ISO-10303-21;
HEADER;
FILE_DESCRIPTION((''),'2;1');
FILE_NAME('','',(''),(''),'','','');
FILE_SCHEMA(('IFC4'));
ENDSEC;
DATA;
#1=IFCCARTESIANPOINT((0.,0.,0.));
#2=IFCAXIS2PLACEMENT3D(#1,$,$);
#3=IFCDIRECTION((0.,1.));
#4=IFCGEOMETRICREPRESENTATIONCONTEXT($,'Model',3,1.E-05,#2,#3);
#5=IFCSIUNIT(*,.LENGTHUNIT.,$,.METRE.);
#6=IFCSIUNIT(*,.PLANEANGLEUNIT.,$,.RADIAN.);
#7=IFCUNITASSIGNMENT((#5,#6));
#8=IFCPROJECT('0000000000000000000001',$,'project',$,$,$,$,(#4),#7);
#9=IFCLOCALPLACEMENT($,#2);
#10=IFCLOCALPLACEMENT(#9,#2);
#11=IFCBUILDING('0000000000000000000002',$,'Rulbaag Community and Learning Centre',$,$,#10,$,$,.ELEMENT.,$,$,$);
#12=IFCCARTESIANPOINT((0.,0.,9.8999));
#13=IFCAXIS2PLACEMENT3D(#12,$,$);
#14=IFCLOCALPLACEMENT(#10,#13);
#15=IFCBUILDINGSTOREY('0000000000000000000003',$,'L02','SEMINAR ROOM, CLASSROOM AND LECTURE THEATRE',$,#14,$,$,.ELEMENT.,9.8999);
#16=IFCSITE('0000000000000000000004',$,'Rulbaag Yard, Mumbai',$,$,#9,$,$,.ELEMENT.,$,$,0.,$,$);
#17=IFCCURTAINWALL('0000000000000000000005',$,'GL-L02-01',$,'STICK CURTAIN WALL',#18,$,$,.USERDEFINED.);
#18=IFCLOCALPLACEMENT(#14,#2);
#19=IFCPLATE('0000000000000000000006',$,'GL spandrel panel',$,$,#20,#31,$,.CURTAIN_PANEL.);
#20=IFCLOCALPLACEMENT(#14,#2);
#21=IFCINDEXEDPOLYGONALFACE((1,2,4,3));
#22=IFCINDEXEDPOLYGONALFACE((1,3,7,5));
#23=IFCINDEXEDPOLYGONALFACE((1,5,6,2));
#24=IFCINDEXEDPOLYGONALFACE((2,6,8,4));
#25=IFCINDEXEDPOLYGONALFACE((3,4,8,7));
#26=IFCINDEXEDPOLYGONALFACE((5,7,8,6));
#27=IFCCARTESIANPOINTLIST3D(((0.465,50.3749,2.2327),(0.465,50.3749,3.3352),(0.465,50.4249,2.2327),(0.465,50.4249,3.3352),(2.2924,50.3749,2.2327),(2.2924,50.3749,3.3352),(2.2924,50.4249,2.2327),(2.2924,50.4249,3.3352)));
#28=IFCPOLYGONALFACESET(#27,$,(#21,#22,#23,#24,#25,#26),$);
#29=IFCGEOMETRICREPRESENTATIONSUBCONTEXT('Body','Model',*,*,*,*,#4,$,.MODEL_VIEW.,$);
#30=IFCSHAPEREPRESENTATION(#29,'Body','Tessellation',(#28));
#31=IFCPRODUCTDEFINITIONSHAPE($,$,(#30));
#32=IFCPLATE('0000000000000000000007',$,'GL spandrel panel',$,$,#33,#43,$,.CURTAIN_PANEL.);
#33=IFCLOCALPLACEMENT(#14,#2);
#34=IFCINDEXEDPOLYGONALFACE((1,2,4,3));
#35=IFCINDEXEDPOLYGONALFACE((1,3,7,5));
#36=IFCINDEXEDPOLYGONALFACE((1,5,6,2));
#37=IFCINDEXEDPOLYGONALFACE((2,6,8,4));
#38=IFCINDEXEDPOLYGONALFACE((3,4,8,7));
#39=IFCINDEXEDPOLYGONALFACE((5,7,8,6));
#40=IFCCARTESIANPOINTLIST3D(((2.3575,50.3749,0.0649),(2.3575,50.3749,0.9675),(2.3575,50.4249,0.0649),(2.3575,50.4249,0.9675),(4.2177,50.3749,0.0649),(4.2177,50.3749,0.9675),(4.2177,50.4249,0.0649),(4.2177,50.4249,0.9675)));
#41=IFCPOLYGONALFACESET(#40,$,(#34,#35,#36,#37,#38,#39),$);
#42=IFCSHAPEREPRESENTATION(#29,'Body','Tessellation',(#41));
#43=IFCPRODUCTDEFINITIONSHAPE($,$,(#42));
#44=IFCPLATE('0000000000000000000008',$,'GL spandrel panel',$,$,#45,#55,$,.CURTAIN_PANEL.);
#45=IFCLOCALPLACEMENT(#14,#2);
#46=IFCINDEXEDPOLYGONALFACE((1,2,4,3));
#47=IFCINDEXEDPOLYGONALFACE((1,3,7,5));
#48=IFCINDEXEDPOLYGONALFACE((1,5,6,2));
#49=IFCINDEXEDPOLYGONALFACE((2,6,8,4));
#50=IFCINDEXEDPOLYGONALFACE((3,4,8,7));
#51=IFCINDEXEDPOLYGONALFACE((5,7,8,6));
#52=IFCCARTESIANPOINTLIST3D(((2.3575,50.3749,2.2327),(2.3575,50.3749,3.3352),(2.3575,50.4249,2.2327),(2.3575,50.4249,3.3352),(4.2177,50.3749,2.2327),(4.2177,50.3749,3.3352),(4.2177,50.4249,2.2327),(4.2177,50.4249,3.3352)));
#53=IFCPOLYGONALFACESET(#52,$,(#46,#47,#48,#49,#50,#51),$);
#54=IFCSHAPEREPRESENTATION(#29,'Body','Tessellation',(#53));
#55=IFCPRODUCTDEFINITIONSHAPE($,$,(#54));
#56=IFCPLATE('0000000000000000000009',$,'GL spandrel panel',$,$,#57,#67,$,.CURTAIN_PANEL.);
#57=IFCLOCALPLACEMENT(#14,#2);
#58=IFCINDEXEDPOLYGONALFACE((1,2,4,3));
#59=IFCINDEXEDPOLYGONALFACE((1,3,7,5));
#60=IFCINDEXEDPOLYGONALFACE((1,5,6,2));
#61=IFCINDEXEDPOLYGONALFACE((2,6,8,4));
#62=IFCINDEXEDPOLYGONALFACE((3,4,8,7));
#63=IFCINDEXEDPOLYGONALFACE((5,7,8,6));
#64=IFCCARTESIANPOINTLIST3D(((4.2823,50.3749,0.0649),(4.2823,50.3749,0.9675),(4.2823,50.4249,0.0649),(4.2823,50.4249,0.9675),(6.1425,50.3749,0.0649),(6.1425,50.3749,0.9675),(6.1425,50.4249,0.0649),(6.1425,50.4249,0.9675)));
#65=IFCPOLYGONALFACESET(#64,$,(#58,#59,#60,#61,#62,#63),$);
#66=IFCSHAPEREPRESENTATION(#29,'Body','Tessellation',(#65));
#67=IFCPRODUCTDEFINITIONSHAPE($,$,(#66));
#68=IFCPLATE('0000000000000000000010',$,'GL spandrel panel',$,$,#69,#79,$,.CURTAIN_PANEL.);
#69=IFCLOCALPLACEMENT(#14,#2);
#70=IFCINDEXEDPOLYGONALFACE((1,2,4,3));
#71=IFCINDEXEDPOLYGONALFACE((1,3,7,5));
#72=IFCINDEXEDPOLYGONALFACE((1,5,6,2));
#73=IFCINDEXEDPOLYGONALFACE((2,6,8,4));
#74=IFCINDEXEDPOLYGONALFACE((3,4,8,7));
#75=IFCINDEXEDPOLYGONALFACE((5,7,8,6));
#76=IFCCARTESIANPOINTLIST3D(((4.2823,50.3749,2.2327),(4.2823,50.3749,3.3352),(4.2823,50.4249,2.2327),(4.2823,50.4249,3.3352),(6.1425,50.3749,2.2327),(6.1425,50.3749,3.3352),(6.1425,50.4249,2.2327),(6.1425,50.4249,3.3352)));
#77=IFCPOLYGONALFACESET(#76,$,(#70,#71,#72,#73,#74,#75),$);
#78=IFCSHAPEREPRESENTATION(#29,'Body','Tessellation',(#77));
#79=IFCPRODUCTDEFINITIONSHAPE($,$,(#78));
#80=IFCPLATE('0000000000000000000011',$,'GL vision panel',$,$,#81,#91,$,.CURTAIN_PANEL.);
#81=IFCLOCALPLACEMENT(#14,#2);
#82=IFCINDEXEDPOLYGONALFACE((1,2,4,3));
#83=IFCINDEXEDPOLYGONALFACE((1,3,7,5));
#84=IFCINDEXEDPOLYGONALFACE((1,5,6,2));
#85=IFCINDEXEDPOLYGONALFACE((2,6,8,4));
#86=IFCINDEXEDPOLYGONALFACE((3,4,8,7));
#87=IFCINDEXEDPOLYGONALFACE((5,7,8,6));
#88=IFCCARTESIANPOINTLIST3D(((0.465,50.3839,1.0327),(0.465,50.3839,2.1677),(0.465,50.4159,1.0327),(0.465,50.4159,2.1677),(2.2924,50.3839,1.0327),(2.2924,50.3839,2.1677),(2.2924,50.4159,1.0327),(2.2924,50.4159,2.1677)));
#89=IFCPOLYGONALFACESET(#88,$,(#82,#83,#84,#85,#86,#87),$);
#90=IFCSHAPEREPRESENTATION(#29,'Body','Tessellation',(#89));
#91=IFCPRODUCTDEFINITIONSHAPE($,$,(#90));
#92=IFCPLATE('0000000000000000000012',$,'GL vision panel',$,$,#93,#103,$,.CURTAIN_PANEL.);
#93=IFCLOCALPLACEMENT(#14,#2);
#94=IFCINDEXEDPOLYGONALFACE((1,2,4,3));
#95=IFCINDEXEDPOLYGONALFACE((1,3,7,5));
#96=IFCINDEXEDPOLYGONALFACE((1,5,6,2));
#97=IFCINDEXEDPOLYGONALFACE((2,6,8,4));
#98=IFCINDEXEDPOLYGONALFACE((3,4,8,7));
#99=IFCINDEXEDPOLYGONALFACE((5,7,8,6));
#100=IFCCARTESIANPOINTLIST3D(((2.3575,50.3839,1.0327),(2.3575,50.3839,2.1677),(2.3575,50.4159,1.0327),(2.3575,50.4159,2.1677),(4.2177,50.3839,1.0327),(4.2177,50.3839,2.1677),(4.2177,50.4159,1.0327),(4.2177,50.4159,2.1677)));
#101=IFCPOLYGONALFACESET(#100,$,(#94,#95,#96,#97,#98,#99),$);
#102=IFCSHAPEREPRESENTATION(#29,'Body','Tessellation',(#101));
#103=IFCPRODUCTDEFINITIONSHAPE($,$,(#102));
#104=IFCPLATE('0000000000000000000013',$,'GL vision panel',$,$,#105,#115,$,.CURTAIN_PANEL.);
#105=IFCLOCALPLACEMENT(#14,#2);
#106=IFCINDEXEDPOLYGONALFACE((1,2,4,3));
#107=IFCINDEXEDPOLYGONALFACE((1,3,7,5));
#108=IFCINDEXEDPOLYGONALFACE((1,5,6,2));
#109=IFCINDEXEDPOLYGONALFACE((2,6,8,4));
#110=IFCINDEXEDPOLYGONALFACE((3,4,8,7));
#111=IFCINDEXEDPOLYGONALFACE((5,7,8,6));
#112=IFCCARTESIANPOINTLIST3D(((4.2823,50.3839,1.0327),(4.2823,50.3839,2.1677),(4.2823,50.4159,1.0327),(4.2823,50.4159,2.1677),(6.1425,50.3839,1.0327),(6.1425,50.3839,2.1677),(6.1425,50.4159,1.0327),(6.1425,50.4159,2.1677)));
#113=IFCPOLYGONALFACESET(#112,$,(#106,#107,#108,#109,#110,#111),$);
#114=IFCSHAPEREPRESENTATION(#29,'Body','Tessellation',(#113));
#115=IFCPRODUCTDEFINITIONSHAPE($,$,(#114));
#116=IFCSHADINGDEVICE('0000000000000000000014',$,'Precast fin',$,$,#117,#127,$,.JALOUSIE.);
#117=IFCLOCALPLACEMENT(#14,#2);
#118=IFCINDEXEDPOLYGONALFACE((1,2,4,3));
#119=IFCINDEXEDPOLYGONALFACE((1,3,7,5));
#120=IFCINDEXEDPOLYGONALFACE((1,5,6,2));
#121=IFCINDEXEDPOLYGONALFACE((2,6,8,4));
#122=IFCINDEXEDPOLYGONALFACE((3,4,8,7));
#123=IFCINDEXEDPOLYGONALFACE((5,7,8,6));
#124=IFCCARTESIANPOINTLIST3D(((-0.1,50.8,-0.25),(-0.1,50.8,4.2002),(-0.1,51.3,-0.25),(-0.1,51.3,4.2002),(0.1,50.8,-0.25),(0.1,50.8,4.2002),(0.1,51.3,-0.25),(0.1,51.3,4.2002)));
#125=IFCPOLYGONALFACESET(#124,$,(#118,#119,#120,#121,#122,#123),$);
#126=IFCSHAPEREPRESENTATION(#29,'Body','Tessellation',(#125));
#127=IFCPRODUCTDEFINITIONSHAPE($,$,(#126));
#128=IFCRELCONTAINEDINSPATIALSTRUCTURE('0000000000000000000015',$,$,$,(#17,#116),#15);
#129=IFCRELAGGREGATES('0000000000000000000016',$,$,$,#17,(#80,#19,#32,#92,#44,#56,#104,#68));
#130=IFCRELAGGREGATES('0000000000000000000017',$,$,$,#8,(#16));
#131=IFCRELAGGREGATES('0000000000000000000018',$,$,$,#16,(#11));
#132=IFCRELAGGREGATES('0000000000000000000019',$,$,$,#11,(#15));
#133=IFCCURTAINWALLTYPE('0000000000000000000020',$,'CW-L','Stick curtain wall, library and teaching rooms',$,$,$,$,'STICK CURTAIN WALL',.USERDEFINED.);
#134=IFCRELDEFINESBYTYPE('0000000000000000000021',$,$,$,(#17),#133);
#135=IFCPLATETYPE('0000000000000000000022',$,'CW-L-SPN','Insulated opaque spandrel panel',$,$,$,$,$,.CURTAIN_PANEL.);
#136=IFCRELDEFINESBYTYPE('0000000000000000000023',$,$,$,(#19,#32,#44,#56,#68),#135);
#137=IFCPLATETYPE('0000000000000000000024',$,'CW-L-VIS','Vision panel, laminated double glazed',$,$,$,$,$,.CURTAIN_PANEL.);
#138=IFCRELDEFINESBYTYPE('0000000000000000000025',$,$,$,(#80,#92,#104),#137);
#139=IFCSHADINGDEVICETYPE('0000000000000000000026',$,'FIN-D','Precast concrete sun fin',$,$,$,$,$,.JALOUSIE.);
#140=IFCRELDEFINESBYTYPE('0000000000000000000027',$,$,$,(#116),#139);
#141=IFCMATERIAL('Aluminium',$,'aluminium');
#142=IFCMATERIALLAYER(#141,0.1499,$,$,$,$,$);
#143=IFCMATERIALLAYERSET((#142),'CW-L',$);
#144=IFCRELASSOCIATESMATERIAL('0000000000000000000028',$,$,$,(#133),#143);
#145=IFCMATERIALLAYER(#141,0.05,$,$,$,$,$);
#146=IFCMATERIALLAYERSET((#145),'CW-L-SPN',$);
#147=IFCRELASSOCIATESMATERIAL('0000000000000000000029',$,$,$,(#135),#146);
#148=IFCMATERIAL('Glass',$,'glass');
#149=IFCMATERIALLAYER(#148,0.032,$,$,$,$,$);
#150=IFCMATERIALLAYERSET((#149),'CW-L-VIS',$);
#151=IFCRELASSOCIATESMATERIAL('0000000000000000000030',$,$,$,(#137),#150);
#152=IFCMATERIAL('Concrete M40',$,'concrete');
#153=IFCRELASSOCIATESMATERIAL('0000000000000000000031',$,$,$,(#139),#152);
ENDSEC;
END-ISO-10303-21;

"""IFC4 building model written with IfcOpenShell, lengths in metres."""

from ifc_helpers import new_model, si_unit, direction, frame, origin, origin_2d, place, context, subcontext, project, spatial, rectangle, extrude, material, layer, layer_set, material_profile, profile_set, type_object, element, aggregate, save


model = new_model("IFC4")

# Units and contexts
model_context = context("Model", 3, precision=1e-05, world=origin(), true_north=direction((0.0, 1.0)))
body_context = subcontext(model_context, "Body", "Model", "MODEL_VIEW")
ifc_project = project(units=[si_unit("LENGTHUNIT", "METRE"), si_unit("PLANEANGLEUNIT", "RADIAN")], contexts=[model_context])

# Site, building, storey
site_placement = place(None, origin())
site = spatial("IfcSite", under=ifc_project, at=site_placement, Name="Rulbaag Yard, Mumbai", CompositionType="ELEMENT", RefElevation=0.0)
building_placement = place(site_placement, origin())
building = spatial("IfcBuilding", under=site, at=building_placement, Name="Rulbaag Community and Learning Centre", CompositionType="ELEMENT")
storey_placement = place(building_placement, frame((0.0, 0.0, 9.8999)))
storey = spatial("IfcBuildingStorey", under=building, at=storey_placement, Name="L02", Description="SEMINAR ROOM, CLASSROOM AND LECTURE THEATRE", CompositionType="ELEMENT", Elevation=9.8999)

# Curtain wall, plates
ifc_material_1 = material(Name="Aluminium", Category="aluminium")
ifc_layer_1 = layer(ifc_material_1, 0.1499)
ifc_layer_set_1 = layer_set([ifc_layer_1], Name="CW-L")
curtain_wall_type = type_object("IfcCurtainWallType", Name="CW-L", Description="Stick curtain wall, library and teaching rooms", ElementType="STICK CURTAIN WALL", PredefinedType="USERDEFINED", material=ifc_layer_set_1)
curtain_wall_placement = place(storey_placement, origin())
curtain_wall = element("IfcCurtainWall", 1, at=curtain_wall_placement, inside=storey, type_object=curtain_wall_type, Name="GL-L02-01", ObjectType="STICK CURTAIN WALL", PredefinedType="USERDEFINED")
ifc_layer_2 = layer(ifc_material_1, 0.05)
ifc_layer_set_2 = layer_set([ifc_layer_2], Name="CW-L-SPN")
plate_type_1 = type_object("IfcPlateType", Name="CW-L-SPN", Description="Insulated opaque spandrel panel", PredefinedType="CURTAIN_PANEL", material=ifc_layer_set_2)
plate_1_placement = place(storey_placement, frame((1.3787, 50.3999, 2.2327), z_axis=(0.0, 0.0, 1.0), x_axis=(1.0, 0.0, 0.0)))
plate_1 = element("IfcPlate", 2, at=plate_1_placement, type_object=plate_type_1, Name="GL spandrel panel", PredefinedType="CURTAIN_PANEL", context=body_context, shape_type="SweptSolid", body=[
    extrude(rectangle(XDim=1.8274, YDim=0.05, at=origin_2d()), origin(), (0.0, 0.0, 1.0), 1.1025),
])
plate_2_placement = place(storey_placement, frame((3.2876, 50.3999, 0.0649), z_axis=(0.0, 0.0, 1.0), x_axis=(1.0, 0.0, 0.0)))
plate_2 = element("IfcPlate", 3, at=plate_2_placement, type_object=plate_type_1, Name="GL spandrel panel", PredefinedType="CURTAIN_PANEL", context=body_context, shape_type="SweptSolid", body=[
    extrude(rectangle(XDim=1.8601, YDim=0.05, at=origin_2d()), origin(), (0.0, 0.0, 1.0), 0.9026),
])
plate_3_placement = place(storey_placement, frame((3.2876, 50.3999, 2.2327), z_axis=(0.0, 0.0, 1.0), x_axis=(1.0, 0.0, 0.0)))
plate_3 = element("IfcPlate", 4, at=plate_3_placement, type_object=plate_type_1, Name="GL spandrel panel", PredefinedType="CURTAIN_PANEL", context=body_context, shape_type="SweptSolid", body=[
    extrude(rectangle(XDim=1.8601, YDim=0.05, at=origin_2d()), origin(), (0.0, 0.0, 1.0), 1.1025),
])
plate_4_placement = place(storey_placement, frame((5.2124, 50.3999, 0.0649), z_axis=(0.0, 0.0, 1.0), x_axis=(1.0, 0.0, 0.0)))
plate_4 = element("IfcPlate", 5, at=plate_4_placement, type_object=plate_type_1, Name="GL spandrel panel", PredefinedType="CURTAIN_PANEL", context=body_context, shape_type="SweptSolid", body=[
    extrude(rectangle(XDim=1.8601, YDim=0.05, at=origin_2d()), origin(), (0.0, 0.0, 1.0), 0.9026),
])
plate_5_placement = place(storey_placement, frame((5.2124, 50.3999, 2.2327), z_axis=(0.0, 0.0, 1.0), x_axis=(1.0, 0.0, 0.0)))
plate_5 = element("IfcPlate", 6, at=plate_5_placement, type_object=plate_type_1, Name="GL spandrel panel", PredefinedType="CURTAIN_PANEL", context=body_context, shape_type="SweptSolid", body=[
    extrude(rectangle(XDim=1.8601, YDim=0.05, at=origin_2d()), origin(), (0.0, 0.0, 1.0), 1.1025),
])
ifc_material_2 = material(Name="Glass", Category="glass")
ifc_layer_3 = layer(ifc_material_2, 0.032)
ifc_layer_set_3 = layer_set([ifc_layer_3], Name="CW-L-VIS")
plate_type_2 = type_object("IfcPlateType", Name="CW-L-VIS", Description="Vision panel, laminated double glazed", PredefinedType="CURTAIN_PANEL", material=ifc_layer_set_3)
plate_6_placement = place(storey_placement, frame((1.3787, 50.3999, 1.0327), z_axis=(0.0, 0.0, 1.0), x_axis=(1.0, 0.0, 0.0)))
plate_6 = element("IfcPlate", 7, at=plate_6_placement, type_object=plate_type_2, Name="GL vision panel", PredefinedType="CURTAIN_PANEL", context=body_context, shape_type="SweptSolid", body=[
    extrude(rectangle(XDim=1.8274, YDim=0.032, at=origin_2d()), origin(), (0.0, 0.0, 1.0), 1.135),
])
plate_7_placement = place(storey_placement, frame((3.2876, 50.3999, 1.0327), z_axis=(0.0, 0.0, 1.0), x_axis=(1.0, 0.0, 0.0)))
plate_7 = element("IfcPlate", 8, at=plate_7_placement, type_object=plate_type_2, Name="GL vision panel", PredefinedType="CURTAIN_PANEL", context=body_context, shape_type="SweptSolid", body=[
    extrude(rectangle(XDim=1.8601, YDim=0.032, at=origin_2d()), origin(), (0.0, 0.0, 1.0), 1.135),
])
plate_8_placement = place(storey_placement, frame((5.2124, 50.3999, 1.0327), z_axis=(0.0, 0.0, 1.0), x_axis=(1.0, 0.0, 0.0)))
plate_8 = element("IfcPlate", 9, at=plate_8_placement, type_object=plate_type_2, Name="GL vision panel", PredefinedType="CURTAIN_PANEL", context=body_context, shape_type="SweptSolid", body=[
    extrude(rectangle(XDim=1.8601, YDim=0.032, at=origin_2d()), origin(), (0.0, 0.0, 1.0), 1.135),
])
aggregate(curtain_wall, [plate_6, plate_1, plate_2, plate_7, plate_3, plate_4, plate_8, plate_5])

# Shading device
ifc_material_3 = material(Name="Concrete M40", Category="concrete")
ifc_material_profile_1 = material_profile(ifc_material_3, rectangle(XDim=0.2, YDim=0.5, at=origin_2d()), Name="PC 200x500")
ifc_profile_set_1 = profile_set([ifc_material_profile_1], Name="Concrete M40")
shading_device_type = type_object("IfcShadingDeviceType", Name="FIN-D", Description="Precast concrete sun fin", PredefinedType="JALOUSIE", material=ifc_profile_set_1)
shading_device_placement = place(storey_placement, frame((0.0, 51.05, -0.25), z_axis=(0.0, 0.0, 1.0), x_axis=(1.0, 0.0, 0.0)))
element("IfcShadingDevice", 10, at=shading_device_placement, inside=storey, type_object=shading_device_type, Name="Precast fin", PredefinedType="JALOUSIE", context=body_context, shape_type="SweptSolid", body=[
    extrude(rectangle(XDim=0.2, YDim=0.5, at=origin_2d()), origin(), (0.0, 0.0, 1.0), 4.4502),
])

save(model, "model.ifc")
